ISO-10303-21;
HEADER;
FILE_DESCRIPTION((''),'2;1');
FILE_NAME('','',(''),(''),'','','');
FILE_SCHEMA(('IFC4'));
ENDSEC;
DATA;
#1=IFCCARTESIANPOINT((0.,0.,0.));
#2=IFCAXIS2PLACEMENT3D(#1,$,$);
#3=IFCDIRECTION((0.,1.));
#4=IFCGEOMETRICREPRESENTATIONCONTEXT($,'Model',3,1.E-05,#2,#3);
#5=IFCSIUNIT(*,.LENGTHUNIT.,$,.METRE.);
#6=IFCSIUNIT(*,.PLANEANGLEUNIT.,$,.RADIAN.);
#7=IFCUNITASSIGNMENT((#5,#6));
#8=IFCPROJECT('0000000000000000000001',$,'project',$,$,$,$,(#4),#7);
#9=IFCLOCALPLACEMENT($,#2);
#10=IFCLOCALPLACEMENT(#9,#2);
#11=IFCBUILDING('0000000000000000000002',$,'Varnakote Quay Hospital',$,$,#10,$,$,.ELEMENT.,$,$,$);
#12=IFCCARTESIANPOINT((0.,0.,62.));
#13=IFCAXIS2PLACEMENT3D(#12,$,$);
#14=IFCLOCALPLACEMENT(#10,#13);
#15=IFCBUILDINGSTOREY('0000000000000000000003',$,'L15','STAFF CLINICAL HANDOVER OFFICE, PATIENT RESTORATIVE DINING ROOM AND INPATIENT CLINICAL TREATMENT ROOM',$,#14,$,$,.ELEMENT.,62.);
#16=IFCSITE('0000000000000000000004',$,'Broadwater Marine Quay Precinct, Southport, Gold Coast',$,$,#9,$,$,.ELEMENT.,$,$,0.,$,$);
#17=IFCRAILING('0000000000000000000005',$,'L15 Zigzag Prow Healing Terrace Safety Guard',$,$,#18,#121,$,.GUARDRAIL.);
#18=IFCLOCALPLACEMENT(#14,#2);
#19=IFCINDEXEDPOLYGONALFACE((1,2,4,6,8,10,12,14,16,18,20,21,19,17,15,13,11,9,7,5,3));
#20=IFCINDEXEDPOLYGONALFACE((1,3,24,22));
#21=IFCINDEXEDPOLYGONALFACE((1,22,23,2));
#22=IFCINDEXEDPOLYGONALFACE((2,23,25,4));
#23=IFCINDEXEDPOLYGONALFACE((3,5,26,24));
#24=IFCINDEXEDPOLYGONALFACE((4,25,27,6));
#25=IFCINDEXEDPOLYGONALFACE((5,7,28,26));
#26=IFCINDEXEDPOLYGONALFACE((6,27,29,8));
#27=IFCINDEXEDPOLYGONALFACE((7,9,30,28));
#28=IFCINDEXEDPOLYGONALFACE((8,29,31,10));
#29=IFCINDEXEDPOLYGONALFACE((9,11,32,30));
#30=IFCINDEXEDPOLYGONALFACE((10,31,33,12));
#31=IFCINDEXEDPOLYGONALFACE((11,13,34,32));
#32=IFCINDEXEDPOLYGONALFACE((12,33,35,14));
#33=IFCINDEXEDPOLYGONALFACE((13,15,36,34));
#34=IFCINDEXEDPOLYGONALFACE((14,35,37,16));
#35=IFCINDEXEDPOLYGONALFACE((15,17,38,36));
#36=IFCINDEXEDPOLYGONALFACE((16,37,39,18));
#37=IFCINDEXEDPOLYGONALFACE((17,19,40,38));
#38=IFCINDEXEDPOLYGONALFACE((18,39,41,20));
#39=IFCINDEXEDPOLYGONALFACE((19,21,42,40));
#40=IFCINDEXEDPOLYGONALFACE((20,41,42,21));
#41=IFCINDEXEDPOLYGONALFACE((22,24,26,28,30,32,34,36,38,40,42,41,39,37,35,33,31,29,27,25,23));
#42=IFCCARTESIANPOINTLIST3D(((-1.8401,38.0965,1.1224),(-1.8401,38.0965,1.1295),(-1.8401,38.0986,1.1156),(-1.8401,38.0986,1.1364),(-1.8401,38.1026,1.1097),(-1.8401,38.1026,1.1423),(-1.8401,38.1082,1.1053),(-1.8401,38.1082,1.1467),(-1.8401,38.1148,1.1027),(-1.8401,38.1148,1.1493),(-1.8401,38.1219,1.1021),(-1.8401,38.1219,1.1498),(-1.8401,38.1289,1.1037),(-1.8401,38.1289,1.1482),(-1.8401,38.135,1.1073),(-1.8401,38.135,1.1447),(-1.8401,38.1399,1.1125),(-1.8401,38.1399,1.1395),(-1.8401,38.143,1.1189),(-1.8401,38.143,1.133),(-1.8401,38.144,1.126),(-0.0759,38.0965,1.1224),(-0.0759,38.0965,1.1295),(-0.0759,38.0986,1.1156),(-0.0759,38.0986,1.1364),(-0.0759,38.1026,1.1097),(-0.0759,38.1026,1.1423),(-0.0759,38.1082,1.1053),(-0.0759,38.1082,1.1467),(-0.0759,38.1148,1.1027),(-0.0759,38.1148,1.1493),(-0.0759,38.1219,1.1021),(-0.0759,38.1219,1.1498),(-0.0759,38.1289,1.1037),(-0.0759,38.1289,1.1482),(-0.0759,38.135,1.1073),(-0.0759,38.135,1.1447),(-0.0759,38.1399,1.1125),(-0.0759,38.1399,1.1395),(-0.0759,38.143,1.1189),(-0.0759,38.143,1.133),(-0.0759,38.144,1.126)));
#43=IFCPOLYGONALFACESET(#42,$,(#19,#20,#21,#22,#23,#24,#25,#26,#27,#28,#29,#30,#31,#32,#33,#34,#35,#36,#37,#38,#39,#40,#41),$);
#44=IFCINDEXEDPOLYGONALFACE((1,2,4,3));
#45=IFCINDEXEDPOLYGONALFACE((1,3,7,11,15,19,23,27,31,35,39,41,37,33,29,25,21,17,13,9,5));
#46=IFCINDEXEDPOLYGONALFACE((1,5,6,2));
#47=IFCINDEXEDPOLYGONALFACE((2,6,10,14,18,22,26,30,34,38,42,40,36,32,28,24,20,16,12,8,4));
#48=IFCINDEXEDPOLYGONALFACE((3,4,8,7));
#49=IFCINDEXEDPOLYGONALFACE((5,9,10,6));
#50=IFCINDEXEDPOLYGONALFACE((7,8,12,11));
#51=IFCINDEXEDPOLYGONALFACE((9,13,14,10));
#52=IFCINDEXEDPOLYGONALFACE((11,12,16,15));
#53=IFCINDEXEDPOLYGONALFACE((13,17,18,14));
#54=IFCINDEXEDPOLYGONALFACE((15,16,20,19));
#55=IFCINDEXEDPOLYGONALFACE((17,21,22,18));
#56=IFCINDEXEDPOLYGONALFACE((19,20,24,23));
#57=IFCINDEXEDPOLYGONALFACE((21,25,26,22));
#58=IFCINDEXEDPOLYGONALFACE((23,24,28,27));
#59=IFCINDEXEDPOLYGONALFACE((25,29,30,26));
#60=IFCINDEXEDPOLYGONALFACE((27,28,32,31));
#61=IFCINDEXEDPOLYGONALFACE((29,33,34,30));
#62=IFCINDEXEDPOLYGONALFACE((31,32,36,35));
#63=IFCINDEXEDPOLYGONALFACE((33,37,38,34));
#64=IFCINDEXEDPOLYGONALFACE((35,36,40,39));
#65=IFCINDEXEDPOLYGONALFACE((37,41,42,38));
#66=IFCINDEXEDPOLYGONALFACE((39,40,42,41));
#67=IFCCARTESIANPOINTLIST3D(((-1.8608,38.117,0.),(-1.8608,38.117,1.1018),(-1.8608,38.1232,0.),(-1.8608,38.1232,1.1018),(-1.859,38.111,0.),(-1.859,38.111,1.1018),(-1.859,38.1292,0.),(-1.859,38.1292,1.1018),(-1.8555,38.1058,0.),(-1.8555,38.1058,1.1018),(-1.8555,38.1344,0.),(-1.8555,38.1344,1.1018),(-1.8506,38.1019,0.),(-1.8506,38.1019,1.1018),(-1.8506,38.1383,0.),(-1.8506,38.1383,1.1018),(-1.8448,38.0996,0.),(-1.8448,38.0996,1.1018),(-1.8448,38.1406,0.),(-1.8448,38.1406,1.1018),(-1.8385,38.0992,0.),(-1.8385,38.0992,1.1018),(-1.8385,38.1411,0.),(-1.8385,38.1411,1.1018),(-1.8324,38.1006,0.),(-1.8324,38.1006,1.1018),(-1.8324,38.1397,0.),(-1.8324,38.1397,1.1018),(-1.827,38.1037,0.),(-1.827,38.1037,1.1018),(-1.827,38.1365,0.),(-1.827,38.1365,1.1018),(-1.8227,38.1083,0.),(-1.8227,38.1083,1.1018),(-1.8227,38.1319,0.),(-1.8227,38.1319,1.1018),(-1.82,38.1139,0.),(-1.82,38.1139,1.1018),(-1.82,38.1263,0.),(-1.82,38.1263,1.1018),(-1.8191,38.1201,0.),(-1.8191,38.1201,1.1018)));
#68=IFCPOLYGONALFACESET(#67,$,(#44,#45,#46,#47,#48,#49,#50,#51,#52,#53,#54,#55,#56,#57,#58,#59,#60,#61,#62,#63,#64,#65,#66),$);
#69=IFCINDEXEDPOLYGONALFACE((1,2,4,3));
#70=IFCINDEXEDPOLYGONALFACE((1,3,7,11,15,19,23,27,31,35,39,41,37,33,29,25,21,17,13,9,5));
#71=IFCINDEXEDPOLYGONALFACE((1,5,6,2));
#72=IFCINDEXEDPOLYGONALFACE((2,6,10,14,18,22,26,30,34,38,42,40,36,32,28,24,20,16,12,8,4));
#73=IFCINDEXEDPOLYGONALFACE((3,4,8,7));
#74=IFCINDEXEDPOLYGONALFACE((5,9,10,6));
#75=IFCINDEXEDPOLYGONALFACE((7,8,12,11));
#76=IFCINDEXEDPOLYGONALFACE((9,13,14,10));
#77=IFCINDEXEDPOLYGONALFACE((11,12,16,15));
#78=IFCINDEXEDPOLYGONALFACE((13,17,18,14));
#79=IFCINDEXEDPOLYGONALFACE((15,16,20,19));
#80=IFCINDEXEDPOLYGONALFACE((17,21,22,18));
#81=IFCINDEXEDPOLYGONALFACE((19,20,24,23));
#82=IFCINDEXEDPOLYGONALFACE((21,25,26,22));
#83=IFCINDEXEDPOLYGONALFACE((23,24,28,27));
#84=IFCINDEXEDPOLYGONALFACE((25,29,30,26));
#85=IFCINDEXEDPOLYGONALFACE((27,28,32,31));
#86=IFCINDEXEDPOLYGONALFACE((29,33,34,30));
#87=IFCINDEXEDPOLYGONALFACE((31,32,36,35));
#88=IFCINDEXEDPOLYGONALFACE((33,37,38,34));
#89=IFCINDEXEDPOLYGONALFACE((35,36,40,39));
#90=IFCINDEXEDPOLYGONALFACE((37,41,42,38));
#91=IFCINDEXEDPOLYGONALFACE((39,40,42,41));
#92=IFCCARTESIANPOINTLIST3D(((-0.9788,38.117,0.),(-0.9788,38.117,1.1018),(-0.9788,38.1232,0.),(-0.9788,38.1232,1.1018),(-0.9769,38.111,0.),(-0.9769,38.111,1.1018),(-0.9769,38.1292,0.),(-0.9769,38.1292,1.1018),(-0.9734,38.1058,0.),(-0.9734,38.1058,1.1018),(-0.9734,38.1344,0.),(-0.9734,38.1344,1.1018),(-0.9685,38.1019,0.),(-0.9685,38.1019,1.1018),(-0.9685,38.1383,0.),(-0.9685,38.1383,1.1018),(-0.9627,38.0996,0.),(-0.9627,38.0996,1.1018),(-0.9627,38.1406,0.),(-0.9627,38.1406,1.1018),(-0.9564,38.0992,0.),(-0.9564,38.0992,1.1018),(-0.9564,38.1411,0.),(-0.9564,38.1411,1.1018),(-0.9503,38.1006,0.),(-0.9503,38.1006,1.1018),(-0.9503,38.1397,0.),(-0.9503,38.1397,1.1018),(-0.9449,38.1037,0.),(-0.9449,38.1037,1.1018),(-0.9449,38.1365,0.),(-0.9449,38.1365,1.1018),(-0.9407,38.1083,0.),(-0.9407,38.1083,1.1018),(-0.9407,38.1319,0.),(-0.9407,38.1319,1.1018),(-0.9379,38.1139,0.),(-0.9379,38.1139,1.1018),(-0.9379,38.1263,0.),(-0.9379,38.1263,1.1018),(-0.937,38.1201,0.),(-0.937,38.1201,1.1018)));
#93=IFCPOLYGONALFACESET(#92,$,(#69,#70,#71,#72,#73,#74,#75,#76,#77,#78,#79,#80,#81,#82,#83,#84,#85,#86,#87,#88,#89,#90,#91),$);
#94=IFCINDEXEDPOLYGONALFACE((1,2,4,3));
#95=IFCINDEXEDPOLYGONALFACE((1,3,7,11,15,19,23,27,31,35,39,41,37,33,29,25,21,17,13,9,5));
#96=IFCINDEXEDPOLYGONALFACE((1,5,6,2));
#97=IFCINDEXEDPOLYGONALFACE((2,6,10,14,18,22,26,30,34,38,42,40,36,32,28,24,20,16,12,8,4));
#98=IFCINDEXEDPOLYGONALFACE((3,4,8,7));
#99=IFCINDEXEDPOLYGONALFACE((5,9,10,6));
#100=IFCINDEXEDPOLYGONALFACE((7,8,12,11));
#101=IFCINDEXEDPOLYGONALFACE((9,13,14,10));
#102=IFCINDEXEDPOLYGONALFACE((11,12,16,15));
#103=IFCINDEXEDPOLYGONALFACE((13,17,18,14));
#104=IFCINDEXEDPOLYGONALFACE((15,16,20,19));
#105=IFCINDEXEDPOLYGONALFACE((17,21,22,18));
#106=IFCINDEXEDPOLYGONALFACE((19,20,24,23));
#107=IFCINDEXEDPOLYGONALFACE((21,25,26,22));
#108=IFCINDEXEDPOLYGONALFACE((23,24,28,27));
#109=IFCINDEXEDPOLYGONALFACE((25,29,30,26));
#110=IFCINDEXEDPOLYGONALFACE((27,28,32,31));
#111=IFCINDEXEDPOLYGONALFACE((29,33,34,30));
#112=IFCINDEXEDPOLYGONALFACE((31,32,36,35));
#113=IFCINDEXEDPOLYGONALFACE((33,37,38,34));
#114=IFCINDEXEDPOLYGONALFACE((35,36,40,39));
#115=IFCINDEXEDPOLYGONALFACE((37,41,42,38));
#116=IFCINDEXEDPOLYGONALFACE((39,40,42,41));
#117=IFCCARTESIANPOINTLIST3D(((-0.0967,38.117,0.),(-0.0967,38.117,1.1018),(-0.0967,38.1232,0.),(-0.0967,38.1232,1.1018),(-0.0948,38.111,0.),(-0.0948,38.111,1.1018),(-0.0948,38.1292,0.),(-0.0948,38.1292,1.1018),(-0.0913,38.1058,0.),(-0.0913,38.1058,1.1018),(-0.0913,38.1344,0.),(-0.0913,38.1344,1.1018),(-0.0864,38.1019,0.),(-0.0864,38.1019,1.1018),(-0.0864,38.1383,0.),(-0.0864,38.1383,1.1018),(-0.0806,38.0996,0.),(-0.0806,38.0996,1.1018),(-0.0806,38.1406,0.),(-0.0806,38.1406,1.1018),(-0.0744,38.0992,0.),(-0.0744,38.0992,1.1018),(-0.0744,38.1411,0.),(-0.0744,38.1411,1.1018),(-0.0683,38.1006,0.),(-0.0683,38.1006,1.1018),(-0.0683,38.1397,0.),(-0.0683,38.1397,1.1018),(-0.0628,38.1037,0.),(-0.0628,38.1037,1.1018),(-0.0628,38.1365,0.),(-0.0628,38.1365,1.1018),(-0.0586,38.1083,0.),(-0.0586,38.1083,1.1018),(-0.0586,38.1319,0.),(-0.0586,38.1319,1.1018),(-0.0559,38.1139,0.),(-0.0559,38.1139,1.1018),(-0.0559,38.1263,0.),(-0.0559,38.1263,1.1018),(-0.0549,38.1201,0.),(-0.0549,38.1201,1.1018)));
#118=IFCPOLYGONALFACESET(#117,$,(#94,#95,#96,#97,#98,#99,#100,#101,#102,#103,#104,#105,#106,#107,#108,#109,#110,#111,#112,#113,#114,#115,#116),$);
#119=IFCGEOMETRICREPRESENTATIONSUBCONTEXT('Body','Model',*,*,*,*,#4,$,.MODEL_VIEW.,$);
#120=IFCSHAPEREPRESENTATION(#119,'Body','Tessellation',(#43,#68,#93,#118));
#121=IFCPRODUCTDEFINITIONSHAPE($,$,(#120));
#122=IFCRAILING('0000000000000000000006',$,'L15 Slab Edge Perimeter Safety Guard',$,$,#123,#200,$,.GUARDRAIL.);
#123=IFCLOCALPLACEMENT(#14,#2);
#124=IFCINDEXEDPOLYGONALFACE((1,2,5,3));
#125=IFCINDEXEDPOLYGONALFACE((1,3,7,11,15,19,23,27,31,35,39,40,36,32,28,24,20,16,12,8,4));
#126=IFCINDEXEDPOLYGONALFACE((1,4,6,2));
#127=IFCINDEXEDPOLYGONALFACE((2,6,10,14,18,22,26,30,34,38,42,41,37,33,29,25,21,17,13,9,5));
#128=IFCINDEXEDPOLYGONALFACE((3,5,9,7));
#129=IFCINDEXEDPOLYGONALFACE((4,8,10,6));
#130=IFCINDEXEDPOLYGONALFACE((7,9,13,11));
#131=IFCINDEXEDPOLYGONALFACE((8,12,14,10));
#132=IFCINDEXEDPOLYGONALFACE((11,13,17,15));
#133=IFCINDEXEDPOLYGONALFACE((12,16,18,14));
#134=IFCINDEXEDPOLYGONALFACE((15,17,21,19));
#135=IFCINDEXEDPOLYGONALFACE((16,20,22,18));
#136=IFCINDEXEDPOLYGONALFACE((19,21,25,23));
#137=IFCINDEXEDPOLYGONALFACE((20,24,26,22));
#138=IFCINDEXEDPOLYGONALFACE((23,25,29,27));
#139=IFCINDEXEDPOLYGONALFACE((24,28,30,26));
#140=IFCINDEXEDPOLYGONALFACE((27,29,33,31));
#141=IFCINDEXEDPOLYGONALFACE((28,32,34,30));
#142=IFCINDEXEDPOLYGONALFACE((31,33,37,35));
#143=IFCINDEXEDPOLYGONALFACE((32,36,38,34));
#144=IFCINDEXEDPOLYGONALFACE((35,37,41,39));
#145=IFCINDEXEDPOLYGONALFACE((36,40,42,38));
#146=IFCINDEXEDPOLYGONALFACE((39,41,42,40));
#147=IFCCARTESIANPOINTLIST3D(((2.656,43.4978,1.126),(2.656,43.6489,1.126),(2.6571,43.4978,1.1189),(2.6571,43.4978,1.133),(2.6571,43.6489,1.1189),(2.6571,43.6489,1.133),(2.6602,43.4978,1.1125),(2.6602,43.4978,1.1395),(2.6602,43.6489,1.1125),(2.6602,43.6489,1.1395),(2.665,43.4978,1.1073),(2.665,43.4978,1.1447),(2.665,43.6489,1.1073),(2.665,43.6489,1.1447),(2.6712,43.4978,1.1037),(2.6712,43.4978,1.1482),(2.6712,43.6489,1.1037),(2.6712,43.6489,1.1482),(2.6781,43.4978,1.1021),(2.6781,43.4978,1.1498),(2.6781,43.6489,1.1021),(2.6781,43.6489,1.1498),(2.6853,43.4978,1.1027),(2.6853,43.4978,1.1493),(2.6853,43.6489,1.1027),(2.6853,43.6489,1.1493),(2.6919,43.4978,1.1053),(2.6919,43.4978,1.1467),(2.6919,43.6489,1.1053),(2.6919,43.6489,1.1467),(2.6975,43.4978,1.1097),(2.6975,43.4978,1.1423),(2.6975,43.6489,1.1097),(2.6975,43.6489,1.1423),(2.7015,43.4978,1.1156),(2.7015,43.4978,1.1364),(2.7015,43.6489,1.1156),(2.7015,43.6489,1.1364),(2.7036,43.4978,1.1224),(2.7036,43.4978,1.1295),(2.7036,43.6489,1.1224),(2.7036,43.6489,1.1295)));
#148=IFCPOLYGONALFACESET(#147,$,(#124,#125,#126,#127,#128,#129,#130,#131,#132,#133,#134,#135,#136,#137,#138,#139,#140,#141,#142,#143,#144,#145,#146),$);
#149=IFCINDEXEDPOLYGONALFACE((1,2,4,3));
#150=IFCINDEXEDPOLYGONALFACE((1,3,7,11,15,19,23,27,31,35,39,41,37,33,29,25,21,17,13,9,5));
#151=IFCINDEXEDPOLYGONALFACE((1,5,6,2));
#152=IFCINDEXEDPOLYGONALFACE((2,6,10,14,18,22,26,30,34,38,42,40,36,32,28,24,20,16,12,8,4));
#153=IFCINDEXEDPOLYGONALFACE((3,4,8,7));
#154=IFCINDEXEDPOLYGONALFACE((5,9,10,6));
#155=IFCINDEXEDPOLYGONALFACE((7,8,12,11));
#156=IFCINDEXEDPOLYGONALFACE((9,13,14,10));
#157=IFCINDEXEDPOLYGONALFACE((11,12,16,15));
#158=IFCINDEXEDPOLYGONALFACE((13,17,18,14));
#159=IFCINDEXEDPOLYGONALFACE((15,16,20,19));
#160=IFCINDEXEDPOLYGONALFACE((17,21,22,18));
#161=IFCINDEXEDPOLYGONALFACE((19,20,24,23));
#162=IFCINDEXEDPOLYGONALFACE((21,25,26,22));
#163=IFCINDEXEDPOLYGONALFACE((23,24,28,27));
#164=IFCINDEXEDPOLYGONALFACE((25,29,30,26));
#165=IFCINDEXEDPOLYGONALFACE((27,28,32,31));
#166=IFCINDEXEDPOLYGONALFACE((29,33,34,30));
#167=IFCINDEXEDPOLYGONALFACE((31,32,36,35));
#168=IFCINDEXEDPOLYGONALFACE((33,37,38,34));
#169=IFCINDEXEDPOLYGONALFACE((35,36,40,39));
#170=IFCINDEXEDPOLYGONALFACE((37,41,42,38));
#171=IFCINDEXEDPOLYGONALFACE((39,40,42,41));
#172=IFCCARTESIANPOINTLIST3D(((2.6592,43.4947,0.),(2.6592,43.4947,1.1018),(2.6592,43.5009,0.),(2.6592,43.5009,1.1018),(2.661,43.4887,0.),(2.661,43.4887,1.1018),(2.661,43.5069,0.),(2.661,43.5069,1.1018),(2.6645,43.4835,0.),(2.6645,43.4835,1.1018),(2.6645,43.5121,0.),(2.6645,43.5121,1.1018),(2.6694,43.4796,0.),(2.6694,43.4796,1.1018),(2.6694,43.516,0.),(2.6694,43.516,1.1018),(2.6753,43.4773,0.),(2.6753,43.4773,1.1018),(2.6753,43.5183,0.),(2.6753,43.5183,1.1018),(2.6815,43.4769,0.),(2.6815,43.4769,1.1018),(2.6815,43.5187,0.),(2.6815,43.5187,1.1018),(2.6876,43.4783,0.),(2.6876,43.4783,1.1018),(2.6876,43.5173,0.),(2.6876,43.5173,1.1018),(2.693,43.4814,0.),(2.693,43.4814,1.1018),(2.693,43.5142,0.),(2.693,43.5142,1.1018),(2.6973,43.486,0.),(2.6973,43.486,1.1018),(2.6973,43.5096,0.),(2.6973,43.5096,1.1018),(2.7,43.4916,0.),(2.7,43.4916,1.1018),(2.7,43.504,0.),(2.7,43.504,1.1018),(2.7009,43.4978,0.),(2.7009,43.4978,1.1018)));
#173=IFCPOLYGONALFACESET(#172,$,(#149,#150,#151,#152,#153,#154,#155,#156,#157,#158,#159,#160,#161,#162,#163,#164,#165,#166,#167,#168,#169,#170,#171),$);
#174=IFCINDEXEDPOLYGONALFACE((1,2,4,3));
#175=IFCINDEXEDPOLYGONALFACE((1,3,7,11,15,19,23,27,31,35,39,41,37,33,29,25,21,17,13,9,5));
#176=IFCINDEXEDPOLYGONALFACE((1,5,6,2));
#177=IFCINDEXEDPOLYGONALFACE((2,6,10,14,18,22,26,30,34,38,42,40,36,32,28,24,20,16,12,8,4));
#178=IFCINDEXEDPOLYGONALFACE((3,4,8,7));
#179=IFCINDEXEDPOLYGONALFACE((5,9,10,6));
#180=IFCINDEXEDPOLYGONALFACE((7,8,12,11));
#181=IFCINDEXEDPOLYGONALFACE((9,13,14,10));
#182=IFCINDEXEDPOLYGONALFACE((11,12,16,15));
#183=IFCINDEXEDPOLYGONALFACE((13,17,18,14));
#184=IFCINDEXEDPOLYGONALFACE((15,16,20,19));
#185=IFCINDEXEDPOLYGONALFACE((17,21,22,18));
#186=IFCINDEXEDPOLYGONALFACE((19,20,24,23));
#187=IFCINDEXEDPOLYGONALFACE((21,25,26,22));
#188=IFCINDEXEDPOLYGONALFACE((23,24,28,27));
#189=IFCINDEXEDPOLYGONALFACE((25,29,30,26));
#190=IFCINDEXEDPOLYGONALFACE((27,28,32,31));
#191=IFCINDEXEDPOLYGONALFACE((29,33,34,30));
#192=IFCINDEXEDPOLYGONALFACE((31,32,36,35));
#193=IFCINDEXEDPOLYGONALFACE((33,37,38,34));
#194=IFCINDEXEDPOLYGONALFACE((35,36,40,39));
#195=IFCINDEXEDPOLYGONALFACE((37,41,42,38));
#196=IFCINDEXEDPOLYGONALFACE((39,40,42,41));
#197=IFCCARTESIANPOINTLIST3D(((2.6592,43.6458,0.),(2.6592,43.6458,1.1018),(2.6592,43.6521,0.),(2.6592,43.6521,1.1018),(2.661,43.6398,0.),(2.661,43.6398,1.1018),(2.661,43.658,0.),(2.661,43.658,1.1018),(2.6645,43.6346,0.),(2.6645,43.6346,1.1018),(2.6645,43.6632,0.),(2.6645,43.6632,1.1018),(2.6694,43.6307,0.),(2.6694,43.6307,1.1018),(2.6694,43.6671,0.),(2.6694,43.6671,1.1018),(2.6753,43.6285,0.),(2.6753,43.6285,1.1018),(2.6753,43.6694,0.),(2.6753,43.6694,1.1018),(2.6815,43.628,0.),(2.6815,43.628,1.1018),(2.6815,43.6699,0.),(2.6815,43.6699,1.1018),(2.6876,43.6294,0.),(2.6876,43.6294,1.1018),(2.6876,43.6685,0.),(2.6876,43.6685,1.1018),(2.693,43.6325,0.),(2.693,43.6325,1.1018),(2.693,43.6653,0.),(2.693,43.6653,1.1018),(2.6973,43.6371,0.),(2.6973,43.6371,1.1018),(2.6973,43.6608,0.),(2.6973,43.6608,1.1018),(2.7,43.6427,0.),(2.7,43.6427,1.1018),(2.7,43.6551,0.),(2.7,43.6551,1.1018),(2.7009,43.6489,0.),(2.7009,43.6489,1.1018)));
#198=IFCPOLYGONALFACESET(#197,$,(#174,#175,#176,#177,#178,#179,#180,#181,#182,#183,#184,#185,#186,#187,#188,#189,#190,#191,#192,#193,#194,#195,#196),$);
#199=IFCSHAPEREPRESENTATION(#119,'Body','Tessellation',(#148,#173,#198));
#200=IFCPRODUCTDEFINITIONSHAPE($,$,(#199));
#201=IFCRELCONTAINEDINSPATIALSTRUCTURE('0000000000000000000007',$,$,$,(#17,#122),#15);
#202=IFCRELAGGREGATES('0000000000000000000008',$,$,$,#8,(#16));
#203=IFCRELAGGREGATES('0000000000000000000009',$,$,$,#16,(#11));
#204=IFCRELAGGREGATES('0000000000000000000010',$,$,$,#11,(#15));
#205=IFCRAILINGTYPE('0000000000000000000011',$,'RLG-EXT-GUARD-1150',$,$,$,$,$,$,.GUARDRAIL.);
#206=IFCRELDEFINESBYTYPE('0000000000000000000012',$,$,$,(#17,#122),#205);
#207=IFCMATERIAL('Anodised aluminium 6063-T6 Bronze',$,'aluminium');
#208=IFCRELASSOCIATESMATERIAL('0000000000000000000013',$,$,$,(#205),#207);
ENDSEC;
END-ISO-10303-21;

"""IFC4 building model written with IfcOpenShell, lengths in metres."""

from ifc_helpers import new_model, si_unit, direction, frame, origin, origin_2d, place, context, subcontext, project, spatial, circle, extrude, material, type_object, element, save


model = new_model("IFC4")

# Units and contexts
model_context = context("Model", 3, precision=1e-05, world=origin(), true_north=direction((0.0, 1.0)))
body_context = subcontext(model_context, "Body", "Model", "MODEL_VIEW")
ifc_project = project(units=[si_unit("LENGTHUNIT", "METRE"), si_unit("PLANEANGLEUNIT", "RADIAN")], contexts=[model_context])

# Site, building, storey
site_placement = place(None, origin())
site = spatial("IfcSite", under=ifc_project, at=site_placement, Name="Broadwater Marine Quay Precinct, Southport, Gold Coast", CompositionType="ELEMENT", RefElevation=0.0)
building_placement = place(site_placement, origin())
building = spatial("IfcBuilding", under=site, at=building_placement, Name="Varnakote Quay Hospital", CompositionType="ELEMENT")
storey_placement = place(building_placement, frame((0.0, 0.0, 62.0)))
storey = spatial("IfcBuildingStorey", under=building, at=storey_placement, Name="L15", Description="STAFF CLINICAL HANDOVER OFFICE, PATIENT RESTORATIVE DINING ROOM AND INPATIENT CLINICAL TREATMENT ROOM", CompositionType="ELEMENT", Elevation=62.0)

# Railings
ifc_material_1 = material(Name="Anodised aluminium 6063-T6 Bronze", Category="aluminium")
railing_type = type_object("IfcRailingType", Name="RLG-EXT-GUARD-1150", PredefinedType="GUARDRAIL", material=ifc_material_1)
railing_1_placement = place(storey_placement, frame((-1.8401, 38.1201, 0.0)))
element("IfcRailing", 1, at=railing_1_placement, inside=storey, type_object=railing_type, Name="L15 Zigzag Prow Healing Terrace Safety Guard", PredefinedType="GUARDRAIL", context=body_context, shape_type="SweptSolid", body=[
    extrude(circle(Radius=0.0239, at=origin_2d()), frame((0.0, 0.0, 1.126), z_axis=(1.0, 0.0, 0.0), x_axis=(0.0, 1.0, 0.0)), (0.0, 0.0, 1.0), 1.7642),
    extrude(circle(Radius=0.021, at=origin_2d()), origin(), (0.0, 0.0, 1.0), 1.1018),
    extrude(circle(Radius=0.021, at=origin_2d()), frame((0.8821, 0.0, 0.0)), (0.0, 0.0, 1.0), 1.1018),
    extrude(circle(Radius=0.021, at=origin_2d()), frame((1.7642, 0.0, 0.0)), (0.0, 0.0, 1.0), 1.1018),
])
railing_2_placement = place(storey_placement, frame((2.6799, 43.4978, 0.0)))
element("IfcRailing", 2, at=railing_2_placement, inside=storey, type_object=railing_type, Name="L15 Slab Edge Perimeter Safety Guard", PredefinedType="GUARDRAIL", context=body_context, shape_type="SweptSolid", body=[
    extrude(circle(Radius=0.0239, at=origin_2d()), frame((0.0, 0.0, 1.126), z_axis=(0.0, 1.0, 0.0), x_axis=(-1.0, 0.0, 0.0)), (0.0, 0.0, 1.0), 0.1511),
    extrude(circle(Radius=0.021, at=origin_2d()), origin(), (0.0, 0.0, 1.0), 1.1018),
    extrude(circle(Radius=0.021, at=origin_2d()), frame((0.0, 0.1511, 0.0)), (0.0, 0.0, 1.0), 1.1018),
])

save(model, "model.ifc")
